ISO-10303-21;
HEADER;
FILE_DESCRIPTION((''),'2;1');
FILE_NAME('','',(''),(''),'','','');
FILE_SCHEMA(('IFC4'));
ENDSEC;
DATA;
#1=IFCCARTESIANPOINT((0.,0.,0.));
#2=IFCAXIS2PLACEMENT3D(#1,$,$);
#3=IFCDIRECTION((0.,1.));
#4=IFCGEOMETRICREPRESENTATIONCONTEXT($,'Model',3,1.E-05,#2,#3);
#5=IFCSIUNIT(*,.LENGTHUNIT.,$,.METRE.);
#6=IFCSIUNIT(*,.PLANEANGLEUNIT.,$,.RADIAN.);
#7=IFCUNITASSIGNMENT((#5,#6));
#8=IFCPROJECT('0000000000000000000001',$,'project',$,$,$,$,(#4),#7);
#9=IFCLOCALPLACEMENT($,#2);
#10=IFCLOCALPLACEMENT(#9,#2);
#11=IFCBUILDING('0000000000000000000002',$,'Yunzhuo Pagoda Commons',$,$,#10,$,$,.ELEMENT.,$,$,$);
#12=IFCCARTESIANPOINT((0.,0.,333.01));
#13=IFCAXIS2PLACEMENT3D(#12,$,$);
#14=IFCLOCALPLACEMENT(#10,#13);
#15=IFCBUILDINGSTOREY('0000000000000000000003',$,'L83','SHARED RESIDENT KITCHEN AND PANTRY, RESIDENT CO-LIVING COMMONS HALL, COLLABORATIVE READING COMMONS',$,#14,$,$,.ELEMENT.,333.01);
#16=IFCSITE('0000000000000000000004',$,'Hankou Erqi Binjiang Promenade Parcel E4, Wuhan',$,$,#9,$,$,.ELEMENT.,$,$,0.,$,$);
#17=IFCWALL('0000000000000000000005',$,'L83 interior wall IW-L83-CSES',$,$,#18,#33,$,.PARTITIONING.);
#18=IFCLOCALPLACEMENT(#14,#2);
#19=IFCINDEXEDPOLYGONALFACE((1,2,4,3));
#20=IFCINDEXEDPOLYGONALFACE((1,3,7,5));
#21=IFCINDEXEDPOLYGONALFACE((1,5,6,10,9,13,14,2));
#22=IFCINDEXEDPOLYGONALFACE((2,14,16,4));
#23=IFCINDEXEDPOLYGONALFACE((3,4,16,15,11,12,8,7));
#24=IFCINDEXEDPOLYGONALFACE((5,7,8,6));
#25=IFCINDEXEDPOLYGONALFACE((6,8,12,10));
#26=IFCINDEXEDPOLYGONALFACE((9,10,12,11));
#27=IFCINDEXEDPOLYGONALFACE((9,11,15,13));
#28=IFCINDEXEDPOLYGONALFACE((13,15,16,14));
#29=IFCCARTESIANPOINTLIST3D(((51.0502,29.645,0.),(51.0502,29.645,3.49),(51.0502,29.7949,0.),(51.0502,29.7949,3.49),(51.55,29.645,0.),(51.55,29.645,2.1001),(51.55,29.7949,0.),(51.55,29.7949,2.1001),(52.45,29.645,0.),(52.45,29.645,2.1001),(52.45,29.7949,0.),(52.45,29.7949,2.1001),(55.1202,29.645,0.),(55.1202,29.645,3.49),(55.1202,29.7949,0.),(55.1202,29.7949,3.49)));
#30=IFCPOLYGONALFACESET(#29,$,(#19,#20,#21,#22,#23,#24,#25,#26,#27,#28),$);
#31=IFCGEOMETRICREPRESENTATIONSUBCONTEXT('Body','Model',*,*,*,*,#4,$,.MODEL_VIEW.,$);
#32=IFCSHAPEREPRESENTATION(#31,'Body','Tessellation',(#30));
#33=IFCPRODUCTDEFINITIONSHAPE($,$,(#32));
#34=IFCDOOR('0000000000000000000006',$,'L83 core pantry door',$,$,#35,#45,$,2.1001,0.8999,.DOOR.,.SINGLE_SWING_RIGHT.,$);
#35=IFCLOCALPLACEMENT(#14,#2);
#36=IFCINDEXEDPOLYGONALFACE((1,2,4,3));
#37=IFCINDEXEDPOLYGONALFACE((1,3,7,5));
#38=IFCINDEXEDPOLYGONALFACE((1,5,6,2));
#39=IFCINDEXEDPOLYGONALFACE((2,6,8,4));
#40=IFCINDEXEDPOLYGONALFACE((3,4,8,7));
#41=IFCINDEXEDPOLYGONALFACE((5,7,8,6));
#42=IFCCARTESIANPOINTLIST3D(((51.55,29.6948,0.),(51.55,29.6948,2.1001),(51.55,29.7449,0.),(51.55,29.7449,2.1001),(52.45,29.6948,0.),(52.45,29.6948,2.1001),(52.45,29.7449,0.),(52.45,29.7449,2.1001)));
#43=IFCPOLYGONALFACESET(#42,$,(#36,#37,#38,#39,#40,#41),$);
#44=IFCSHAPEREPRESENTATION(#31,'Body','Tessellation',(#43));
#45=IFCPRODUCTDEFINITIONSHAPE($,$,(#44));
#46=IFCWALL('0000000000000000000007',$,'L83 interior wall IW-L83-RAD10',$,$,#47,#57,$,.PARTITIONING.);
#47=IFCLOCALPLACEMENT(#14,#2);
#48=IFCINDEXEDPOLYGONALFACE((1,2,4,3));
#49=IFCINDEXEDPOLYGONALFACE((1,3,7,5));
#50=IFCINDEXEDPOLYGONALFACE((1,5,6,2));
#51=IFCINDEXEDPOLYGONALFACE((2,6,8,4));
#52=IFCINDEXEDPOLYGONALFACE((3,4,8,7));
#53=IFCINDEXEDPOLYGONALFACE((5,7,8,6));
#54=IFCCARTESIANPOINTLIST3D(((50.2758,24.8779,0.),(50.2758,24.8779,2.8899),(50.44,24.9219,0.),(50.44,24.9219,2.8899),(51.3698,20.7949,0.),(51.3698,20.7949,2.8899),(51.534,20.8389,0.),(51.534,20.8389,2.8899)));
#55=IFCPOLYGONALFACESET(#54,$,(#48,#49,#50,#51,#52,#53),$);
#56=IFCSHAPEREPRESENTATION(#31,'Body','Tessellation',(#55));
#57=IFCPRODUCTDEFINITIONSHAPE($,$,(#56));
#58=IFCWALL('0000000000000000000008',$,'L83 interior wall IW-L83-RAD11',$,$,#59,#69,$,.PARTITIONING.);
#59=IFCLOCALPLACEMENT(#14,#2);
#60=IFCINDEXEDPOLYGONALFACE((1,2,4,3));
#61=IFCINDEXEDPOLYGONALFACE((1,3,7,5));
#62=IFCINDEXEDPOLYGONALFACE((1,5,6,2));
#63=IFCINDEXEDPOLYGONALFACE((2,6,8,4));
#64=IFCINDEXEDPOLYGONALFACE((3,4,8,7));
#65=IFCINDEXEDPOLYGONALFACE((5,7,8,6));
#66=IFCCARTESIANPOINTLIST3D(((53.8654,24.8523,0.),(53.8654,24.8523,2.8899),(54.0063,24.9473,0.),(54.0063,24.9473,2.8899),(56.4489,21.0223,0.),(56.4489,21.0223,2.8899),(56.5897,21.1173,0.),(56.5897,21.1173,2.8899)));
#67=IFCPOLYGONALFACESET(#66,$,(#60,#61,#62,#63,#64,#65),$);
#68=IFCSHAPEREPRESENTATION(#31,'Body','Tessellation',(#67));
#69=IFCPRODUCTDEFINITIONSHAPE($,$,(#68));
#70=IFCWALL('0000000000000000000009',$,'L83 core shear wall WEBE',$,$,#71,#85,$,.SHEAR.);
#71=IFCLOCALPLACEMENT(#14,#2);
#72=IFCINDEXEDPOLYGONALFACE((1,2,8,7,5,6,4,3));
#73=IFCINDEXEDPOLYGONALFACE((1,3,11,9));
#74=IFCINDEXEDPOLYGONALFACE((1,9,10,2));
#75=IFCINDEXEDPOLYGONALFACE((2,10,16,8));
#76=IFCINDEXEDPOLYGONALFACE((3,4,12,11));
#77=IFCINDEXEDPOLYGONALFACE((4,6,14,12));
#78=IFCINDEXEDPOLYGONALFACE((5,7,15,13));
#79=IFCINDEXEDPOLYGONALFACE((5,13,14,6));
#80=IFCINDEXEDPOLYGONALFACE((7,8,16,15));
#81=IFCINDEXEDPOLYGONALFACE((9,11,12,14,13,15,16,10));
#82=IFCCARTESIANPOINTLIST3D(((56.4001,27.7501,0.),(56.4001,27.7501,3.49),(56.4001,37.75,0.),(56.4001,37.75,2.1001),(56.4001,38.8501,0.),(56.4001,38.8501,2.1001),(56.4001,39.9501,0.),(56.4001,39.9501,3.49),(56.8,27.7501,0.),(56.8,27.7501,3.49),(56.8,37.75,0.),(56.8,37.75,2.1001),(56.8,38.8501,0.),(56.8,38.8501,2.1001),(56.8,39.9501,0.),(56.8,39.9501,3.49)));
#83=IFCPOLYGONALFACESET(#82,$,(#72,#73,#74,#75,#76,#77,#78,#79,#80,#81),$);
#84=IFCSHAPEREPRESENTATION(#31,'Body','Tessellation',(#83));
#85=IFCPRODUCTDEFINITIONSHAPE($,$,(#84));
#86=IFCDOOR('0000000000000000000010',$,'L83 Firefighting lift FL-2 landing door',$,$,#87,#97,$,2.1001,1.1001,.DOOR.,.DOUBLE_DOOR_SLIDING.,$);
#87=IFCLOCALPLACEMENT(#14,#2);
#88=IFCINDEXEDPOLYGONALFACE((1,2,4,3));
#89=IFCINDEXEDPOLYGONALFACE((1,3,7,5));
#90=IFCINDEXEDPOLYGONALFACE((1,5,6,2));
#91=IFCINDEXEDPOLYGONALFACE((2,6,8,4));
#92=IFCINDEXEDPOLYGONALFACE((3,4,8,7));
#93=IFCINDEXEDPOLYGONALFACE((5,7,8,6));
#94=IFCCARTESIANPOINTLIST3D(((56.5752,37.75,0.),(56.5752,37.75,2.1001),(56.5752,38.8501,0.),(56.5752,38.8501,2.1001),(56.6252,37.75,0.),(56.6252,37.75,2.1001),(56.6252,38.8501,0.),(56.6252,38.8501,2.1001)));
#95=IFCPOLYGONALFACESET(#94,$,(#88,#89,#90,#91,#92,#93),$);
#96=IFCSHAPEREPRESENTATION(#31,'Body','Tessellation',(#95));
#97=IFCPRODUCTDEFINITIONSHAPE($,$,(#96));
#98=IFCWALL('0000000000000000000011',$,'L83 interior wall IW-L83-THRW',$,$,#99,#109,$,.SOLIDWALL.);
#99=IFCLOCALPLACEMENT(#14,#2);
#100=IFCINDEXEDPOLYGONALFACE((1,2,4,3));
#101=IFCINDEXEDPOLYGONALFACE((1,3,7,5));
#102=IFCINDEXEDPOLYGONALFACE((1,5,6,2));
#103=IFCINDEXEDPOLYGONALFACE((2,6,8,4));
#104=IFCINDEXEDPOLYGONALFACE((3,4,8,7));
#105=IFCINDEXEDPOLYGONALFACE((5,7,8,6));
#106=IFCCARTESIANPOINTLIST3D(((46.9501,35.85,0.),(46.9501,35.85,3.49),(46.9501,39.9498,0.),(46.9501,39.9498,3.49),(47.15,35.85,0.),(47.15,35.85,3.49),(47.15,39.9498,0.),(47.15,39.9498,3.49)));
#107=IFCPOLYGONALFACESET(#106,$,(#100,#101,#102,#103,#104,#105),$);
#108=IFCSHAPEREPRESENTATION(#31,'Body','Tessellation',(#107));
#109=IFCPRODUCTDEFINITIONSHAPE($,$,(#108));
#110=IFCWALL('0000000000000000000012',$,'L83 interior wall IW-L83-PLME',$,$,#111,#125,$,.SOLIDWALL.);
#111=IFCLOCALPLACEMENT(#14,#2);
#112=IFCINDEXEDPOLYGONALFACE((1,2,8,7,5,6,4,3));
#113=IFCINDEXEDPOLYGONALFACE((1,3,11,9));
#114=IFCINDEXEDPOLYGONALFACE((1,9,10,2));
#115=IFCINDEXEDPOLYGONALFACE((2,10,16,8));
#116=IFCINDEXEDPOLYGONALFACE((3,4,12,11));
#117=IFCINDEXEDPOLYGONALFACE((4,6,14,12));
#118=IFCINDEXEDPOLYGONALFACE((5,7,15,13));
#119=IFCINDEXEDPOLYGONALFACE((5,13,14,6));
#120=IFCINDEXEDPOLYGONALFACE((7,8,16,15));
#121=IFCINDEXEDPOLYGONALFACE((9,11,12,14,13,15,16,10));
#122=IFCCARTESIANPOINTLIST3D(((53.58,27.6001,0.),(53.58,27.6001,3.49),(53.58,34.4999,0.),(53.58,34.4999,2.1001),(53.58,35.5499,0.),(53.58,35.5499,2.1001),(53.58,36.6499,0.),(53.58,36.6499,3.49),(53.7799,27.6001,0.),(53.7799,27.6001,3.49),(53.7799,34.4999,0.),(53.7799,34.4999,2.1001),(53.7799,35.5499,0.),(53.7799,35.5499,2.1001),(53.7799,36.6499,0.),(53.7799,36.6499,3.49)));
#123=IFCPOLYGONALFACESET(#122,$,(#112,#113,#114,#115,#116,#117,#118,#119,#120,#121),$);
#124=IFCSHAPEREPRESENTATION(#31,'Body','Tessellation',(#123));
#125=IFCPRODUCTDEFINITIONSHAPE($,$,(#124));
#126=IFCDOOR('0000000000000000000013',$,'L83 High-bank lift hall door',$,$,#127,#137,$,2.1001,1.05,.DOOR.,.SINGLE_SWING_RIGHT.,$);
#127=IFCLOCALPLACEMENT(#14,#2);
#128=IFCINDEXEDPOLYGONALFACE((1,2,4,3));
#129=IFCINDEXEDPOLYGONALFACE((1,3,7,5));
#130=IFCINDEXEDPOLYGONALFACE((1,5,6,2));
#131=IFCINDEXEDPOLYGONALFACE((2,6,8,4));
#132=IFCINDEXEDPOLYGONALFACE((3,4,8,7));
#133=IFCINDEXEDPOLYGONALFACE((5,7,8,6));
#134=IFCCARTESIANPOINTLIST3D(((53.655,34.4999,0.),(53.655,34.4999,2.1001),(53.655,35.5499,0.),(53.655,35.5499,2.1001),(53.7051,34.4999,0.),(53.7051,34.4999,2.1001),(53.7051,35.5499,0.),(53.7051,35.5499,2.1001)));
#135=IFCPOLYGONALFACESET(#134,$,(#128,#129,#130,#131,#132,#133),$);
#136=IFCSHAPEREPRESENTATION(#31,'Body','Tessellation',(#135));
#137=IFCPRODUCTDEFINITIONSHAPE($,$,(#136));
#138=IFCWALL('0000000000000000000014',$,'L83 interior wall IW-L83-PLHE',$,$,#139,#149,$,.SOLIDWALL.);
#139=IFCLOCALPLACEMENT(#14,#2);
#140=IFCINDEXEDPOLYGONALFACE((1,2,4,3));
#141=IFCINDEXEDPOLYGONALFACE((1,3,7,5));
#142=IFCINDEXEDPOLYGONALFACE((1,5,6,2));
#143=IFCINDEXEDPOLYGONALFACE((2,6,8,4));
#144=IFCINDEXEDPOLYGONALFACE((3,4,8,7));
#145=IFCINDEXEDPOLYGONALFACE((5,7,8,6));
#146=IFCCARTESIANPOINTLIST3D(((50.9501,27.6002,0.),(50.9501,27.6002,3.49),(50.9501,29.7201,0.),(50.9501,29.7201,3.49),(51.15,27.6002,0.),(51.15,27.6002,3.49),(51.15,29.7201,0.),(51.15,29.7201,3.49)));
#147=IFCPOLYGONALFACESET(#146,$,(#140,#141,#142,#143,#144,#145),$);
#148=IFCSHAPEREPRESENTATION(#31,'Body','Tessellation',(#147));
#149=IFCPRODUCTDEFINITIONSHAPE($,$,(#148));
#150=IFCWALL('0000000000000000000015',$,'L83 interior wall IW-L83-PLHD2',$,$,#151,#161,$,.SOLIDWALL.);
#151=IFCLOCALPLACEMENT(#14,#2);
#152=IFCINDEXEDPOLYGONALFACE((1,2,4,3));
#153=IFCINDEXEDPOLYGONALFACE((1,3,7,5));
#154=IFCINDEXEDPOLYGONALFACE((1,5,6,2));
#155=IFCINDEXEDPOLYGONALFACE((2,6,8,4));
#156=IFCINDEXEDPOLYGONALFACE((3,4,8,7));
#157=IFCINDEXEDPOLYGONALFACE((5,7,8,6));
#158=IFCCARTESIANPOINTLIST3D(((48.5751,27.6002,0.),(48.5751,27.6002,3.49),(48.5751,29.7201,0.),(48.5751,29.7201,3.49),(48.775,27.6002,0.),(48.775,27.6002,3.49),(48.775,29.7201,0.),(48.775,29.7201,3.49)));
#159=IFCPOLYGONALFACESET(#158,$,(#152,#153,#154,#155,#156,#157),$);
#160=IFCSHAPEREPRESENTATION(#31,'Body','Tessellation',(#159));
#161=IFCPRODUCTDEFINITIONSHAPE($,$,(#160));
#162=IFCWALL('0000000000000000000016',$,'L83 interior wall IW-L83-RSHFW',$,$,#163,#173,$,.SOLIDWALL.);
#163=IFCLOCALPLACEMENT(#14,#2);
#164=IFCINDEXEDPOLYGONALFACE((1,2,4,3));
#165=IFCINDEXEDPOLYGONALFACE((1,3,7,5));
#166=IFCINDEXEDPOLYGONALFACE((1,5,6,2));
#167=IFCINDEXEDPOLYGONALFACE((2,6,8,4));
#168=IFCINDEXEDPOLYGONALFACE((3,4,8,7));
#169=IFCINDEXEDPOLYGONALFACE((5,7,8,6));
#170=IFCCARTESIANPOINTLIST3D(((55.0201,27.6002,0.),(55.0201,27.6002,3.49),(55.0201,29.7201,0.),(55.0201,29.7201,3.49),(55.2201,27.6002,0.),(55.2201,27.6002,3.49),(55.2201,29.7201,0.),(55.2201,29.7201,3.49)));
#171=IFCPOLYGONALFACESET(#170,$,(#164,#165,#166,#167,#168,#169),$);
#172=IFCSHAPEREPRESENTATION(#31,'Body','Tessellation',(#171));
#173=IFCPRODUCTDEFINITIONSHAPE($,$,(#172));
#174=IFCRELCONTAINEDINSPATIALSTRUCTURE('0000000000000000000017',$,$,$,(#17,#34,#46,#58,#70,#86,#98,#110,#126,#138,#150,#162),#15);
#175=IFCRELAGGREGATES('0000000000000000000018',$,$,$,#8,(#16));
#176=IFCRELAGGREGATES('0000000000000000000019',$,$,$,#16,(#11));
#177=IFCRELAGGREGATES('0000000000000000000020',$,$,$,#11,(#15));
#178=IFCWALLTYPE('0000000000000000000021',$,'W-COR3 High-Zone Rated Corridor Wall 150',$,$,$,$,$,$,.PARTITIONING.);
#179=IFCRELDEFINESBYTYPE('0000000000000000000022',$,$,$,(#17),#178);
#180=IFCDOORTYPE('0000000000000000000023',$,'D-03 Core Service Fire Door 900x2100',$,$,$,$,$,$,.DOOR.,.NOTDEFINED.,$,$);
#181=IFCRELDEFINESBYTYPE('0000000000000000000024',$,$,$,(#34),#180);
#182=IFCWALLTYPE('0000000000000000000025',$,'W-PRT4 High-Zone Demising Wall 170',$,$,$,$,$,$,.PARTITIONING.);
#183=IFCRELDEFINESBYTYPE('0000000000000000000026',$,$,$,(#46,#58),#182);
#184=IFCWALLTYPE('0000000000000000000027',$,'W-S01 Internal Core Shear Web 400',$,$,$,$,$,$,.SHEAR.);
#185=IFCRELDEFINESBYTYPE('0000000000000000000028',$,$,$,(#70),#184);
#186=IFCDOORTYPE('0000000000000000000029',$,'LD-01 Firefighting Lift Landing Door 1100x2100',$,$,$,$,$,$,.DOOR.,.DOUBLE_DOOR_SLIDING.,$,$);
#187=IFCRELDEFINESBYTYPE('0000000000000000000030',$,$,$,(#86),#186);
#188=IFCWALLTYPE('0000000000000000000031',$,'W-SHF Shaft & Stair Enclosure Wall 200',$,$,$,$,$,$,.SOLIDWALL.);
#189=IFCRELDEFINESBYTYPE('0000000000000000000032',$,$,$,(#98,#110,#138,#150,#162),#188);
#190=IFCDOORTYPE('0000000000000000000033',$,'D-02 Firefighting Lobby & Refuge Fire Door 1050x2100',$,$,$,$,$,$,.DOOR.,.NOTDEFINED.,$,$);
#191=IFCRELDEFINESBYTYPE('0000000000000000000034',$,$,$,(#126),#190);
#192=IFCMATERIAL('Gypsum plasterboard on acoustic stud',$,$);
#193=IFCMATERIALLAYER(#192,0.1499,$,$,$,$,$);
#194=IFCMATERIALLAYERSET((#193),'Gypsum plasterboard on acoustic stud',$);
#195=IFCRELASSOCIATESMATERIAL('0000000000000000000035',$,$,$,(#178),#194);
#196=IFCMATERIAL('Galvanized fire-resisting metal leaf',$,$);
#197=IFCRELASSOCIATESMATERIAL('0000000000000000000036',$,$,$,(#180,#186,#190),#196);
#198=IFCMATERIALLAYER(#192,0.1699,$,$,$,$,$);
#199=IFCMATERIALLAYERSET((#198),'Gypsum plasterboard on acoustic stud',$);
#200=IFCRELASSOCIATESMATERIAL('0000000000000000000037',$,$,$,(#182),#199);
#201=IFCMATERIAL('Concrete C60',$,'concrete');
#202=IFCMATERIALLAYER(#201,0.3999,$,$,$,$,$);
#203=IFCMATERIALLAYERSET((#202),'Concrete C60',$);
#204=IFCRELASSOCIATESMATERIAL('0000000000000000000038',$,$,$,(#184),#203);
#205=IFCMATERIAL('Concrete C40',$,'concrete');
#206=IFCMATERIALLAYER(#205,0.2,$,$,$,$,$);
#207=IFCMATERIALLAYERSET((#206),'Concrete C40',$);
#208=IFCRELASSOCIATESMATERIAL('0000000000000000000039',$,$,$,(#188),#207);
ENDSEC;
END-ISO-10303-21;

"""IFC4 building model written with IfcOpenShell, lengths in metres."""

from ifc_helpers import new_model, si_unit, direction, frame, frame_2d, origin, origin_with_axes, place, context, subcontext, project, spatial, rectangle, extrude, source, transform, mapped, material, layer, layer_set, type_object, element, fill, save


model = new_model("IFC4")

# Units and contexts
model_context = context("Model", 3, precision=1e-05, world=origin(), true_north=direction((0.0, 1.0)))
body_context = subcontext(model_context, "Body", "Model", "MODEL_VIEW")
ifc_project = project(units=[si_unit("LENGTHUNIT", "METRE"), si_unit("PLANEANGLEUNIT", "RADIAN")], contexts=[model_context])

# Site, building, storey
site_placement = place(None, origin())
site = spatial("IfcSite", under=ifc_project, at=site_placement, Name="Hankou Erqi Binjiang Promenade Parcel E4, Wuhan", CompositionType="ELEMENT", RefElevation=0.0)
building_placement = place(site_placement, origin())
building = spatial("IfcBuilding", under=site, at=building_placement, Name="Yunzhuo Pagoda Commons", CompositionType="ELEMENT")
storey_placement = place(building_placement, frame((0.0, 0.0, 333.01)))
storey = spatial("IfcBuildingStorey", under=building, at=storey_placement, Name="L83", Description="SHARED RESIDENT KITCHEN AND PANTRY, RESIDENT CO-LIVING COMMONS HALL, COLLABORATIVE READING COMMONS", CompositionType="ELEMENT", Elevation=333.01)

# Shared definitions
ifc_material_1 = material(Name="Gypsum plasterboard on acoustic stud")
ifc_layer_1 = layer(ifc_material_1, 0.1499)
ifc_layer_set_1 = layer_set([ifc_layer_1], Name="Gypsum plasterboard on acoustic stud")
wall_type_1 = type_object("IfcWallType", Name="W-COR3 High-Zone Rated Corridor Wall 150", PredefinedType="PARTITIONING", material=ifc_layer_set_1)

# Wall, opening, door
wall_1_placement = place(storey_placement, frame((51.05, 29.72, 0.0), z_axis=(0.0, 0.0, 1.0), x_axis=(1.0, 0.0, 0.0)))
wall_1 = element("IfcWall", 1, at=wall_1_placement, inside=storey, type_object=wall_type_1, Name="L83 interior wall IW-L83-CSES", PredefinedType="PARTITIONING", context=body_context, shape_type="SweptSolid", body=[
    extrude(rectangle(XDim=4.0701, YDim=0.1499, at=frame_2d((2.0352, 0.0))), origin(), (0.0, 0.0, 1.0), 3.49),
])
opening_1_placement = place(wall_1_placement, frame((0.5, 0.0, 0.0)))
opening_1 = element("IfcOpeningElement", 2, at=opening_1_placement, cuts=wall_1, PredefinedType="OPENING", context=body_context, shape_type="SweptSolid", body=[
    extrude(rectangle(XDim=0.8999, YDim=2.1001, at=frame_2d((0.45, 1.05))), frame((0.0, 0.085, 0.0), z_axis=(0.0, -1.0, 0.0), x_axis=(1.0, 0.0, 0.0)), (0.0, 0.0, 1.0), 0.1699),
])
ifc_material_2 = material(Name="Galvanized fire-resisting metal leaf")
door_type_1 = type_object("IfcDoorType", Name="D-03 Core Service Fire Door 900x2100", OperationType="NOTDEFINED", PredefinedType="DOOR", material=ifc_material_2)
shared_shape_1 = source(origin(), body_context, "Body", "SweptSolid", [
    extrude(rectangle(XDim=0.8999, YDim=2.1001, at=frame_2d((0.45, 1.05))), frame((0.0, 0.0249, 0.0), z_axis=(0.0, -1.0, 0.0), x_axis=(1.0, 0.0, 0.0)), (0.0, 0.0, 1.0), 0.05),
])
door_1_placement = place(opening_1_placement, origin_with_axes())
door_1 = element("IfcDoor", 3, at=door_1_placement, inside=storey, type_object=door_type_1, Name="L83 core pantry door", OperationType="SINGLE_SWING_RIGHT", OverallHeight=2.1001, OverallWidth=0.8999, PredefinedType="DOOR", context=body_context, shape_type="MappedRepresentation", body=[
    mapped(shared_shape_1, transform((0.0, 0.0, 0.0), scale=1.0)),
])
fill(opening_1, door_1)

# Walls
ifc_layer_2 = layer(ifc_material_1, 0.1699)
ifc_layer_set_2 = layer_set([ifc_layer_2], Name="Gypsum plasterboard on acoustic stud")
wall_type_2 = type_object("IfcWallType", Name="W-PRT4 High-Zone Demising Wall 170", PredefinedType="PARTITIONING", material=ifc_layer_set_2)
wall_2_placement = place(storey_placement, frame((50.3579, 24.8999, 0.0), z_axis=(0.0, 0.0, 1.0), x_axis=(0.258809, -0.965928, 0.0)))
element("IfcWall", 4, at=wall_2_placement, inside=storey, type_object=wall_type_2, Name="L83 interior wall IW-L83-RAD10", PredefinedType="PARTITIONING", context=body_context, shape_type="SweptSolid", body=[
    extrude(rectangle(XDim=4.2271, YDim=0.1699, at=frame_2d((2.1135, 0.0))), origin(), (0.0, 0.0, 1.0), 2.8899),
])
wall_3_placement = place(storey_placement, frame((53.9358, 24.8999, 0.0), z_axis=(0.0, 0.0, 1.0), x_axis=(0.559204, -0.82903, 0.0)))
element("IfcWall", 5, at=wall_3_placement, inside=storey, type_object=wall_type_2, Name="L83 interior wall IW-L83-RAD11", PredefinedType="PARTITIONING", context=body_context, shape_type="SweptSolid", body=[
    extrude(rectangle(XDim=4.6199, YDim=0.1699, at=frame_2d((2.3101, 0.0))), origin(), (0.0, 0.0, 1.0), 2.8899),
])

# Wall, opening, door
ifc_material_3 = material(Name="Concrete C60", Category="concrete")
ifc_layer_3 = layer(ifc_material_3, 0.3999)
ifc_layer_set_3 = layer_set([ifc_layer_3], Name="Concrete C60")
wall_type_3 = type_object("IfcWallType", Name="W-S01 Internal Core Shear Web 400", PredefinedType="SHEAR", material=ifc_layer_set_3)
wall_4_placement = place(storey_placement, frame((56.6001, 27.75, 0.0), z_axis=(0.0, 0.0, 1.0), x_axis=(0.0, 1.0, 0.0)))
wall_4 = element("IfcWall", 6, at=wall_4_placement, inside=storey, type_object=wall_type_3, Name="L83 core shear wall WEBE", PredefinedType="SHEAR", context=body_context, shape_type="SweptSolid", body=[
    extrude(rectangle(XDim=12.2, YDim=0.3999, at=frame_2d((6.1001, 0.0))), origin(), (0.0, 0.0, 1.0), 3.49),
])
opening_2_placement = place(wall_4_placement, frame((10.0, 0.0, 0.0)))
opening_2 = element("IfcOpeningElement", 7, at=opening_2_placement, cuts=wall_4, PredefinedType="OPENING", context=body_context, shape_type="SweptSolid", body=[
    extrude(rectangle(XDim=1.1001, YDim=2.1001, at=frame_2d((0.55, 1.05))), frame((0.0, 0.21, 0.0), z_axis=(0.0, -1.0, 0.0), x_axis=(1.0, 0.0, 0.0)), (0.0, 0.0, 1.0), 0.4199),
])
door_type_2 = type_object("IfcDoorType", Name="LD-01 Firefighting Lift Landing Door 1100x2100", OperationType="DOUBLE_DOOR_SLIDING", PredefinedType="DOOR", material=ifc_material_2)
shared_shape_2 = source(origin(), body_context, "Body", "SweptSolid", [
    extrude(rectangle(XDim=1.1001, YDim=2.1001, at=frame_2d((0.55, 1.05))), frame((0.0, 0.0249, 0.0), z_axis=(0.0, -1.0, 0.0), x_axis=(1.0, 0.0, 0.0)), (0.0, 0.0, 1.0), 0.05),
])
door_2_placement = place(opening_2_placement, origin_with_axes())
door_2 = element("IfcDoor", 8, at=door_2_placement, inside=storey, type_object=door_type_2, Name="L83 Firefighting lift FL-2 landing door", OperationType="DOUBLE_DOOR_SLIDING", OverallHeight=2.1001, OverallWidth=1.1001, PredefinedType="DOOR", context=body_context, shape_type="MappedRepresentation", body=[
    mapped(shared_shape_2, transform((0.0, 0.0, 0.0), scale=1.0)),
])
fill(opening_2, door_2)

# Wall
ifc_material_4 = material(Name="Concrete C40", Category="concrete")
ifc_layer_4 = layer(ifc_material_4, 0.2)
ifc_layer_set_4 = layer_set([ifc_layer_4], Name="Concrete C40")
wall_type_4 = type_object("IfcWallType", Name="W-SHF Shaft & Stair Enclosure Wall 200", PredefinedType="SOLIDWALL", material=ifc_layer_set_4)
wall_5_placement = place(storey_placement, frame((47.05, 35.8501, 0.0), z_axis=(0.0, 0.0, 1.0), x_axis=(0.0, 1.0, 0.0)))
element("IfcWall", 9, at=wall_5_placement, inside=storey, type_object=wall_type_4, Name="L83 interior wall IW-L83-THRW", PredefinedType="SOLIDWALL", context=body_context, shape_type="SweptSolid", body=[
    extrude(rectangle(XDim=4.0999, YDim=0.2, at=frame_2d((2.0498, 0.0))), origin(), (0.0, 0.0, 1.0), 3.49),
])

# Wall, opening, door
wall_6_placement = place(storey_placement, frame((53.6799, 27.6001, 0.0), z_axis=(0.0, 0.0, 1.0), x_axis=(0.0, 1.0, 0.0)))
wall_6 = element("IfcWall", 10, at=wall_6_placement, inside=storey, type_object=wall_type_4, Name="L83 interior wall IW-L83-PLME", PredefinedType="SOLIDWALL", context=body_context, shape_type="SweptSolid", body=[
    extrude(rectangle(XDim=9.0498, YDim=0.2, at=frame_2d((4.5249, 0.0))), origin(), (0.0, 0.0, 1.0), 3.49),
])
opening_3_placement = place(wall_6_placement, frame((6.8999, 0.0, 0.0)))
opening_3 = element("IfcOpeningElement", 11, at=opening_3_placement, cuts=wall_6, PredefinedType="OPENING", context=body_context, shape_type="SweptSolid", body=[
    extrude(rectangle(XDim=1.05, YDim=2.1001, at=frame_2d((0.5249, 1.05))), frame((0.0, 0.1099, 0.0), z_axis=(0.0, -1.0, 0.0), x_axis=(1.0, 0.0, 0.0)), (0.0, 0.0, 1.0), 0.22),
])
door_type_3 = type_object("IfcDoorType", Name="D-02 Firefighting Lobby & Refuge Fire Door 1050x2100", OperationType="NOTDEFINED", PredefinedType="DOOR", material=ifc_material_2)
shared_shape_3 = source(origin(), body_context, "Body", "SweptSolid", [
    extrude(rectangle(XDim=1.05, YDim=2.1001, at=frame_2d((0.5249, 1.05))), frame((0.0, 0.0249, 0.0), z_axis=(0.0, -1.0, 0.0), x_axis=(1.0, 0.0, 0.0)), (0.0, 0.0, 1.0), 0.05),
])
door_3_placement = place(opening_3_placement, origin_with_axes())
door_3 = element("IfcDoor", 12, at=door_3_placement, inside=storey, type_object=door_type_3, Name="L83 High-bank lift hall door", OperationType="SINGLE_SWING_RIGHT", OverallHeight=2.1001, OverallWidth=1.05, PredefinedType="DOOR", context=body_context, shape_type="MappedRepresentation", body=[
    mapped(shared_shape_3, transform((0.0, 0.0, 0.0), scale=1.0)),
])
fill(opening_3, door_3)

# Walls
for number, where, z_axis, x_axis, name in (
    (13, (51.05, 27.6001, 0.0), (0.0, 0.0, 1.0), (0.0, 1.0, 0.0), "L83 interior wall IW-L83-PLHE"),
    (14, (48.675, 27.6001, 0.0), (0.0, 0.0, 1.0), (0.0, 1.0, 0.0), "L83 interior wall IW-L83-PLHD2"),
    (15, (55.1201, 27.6001, 0.0), (0.0, 0.0, 1.0), (0.0, 1.0, 0.0), "L83 interior wall IW-L83-RSHFW"),
):
    element("IfcWall", number, at=place(storey_placement, frame(where, z_axis=z_axis, x_axis=x_axis)), inside=storey, type_object=wall_type_4, Name=name, PredefinedType="SOLIDWALL", context=body_context, shape_type="SweptSolid", body=[
        extrude(rectangle(XDim=2.1199, YDim=0.2, at=frame_2d((1.0601, 0.0))), origin(), (0.0, 0.0, 1.0), 3.49),
    ])

save(model, "model.ifc")
